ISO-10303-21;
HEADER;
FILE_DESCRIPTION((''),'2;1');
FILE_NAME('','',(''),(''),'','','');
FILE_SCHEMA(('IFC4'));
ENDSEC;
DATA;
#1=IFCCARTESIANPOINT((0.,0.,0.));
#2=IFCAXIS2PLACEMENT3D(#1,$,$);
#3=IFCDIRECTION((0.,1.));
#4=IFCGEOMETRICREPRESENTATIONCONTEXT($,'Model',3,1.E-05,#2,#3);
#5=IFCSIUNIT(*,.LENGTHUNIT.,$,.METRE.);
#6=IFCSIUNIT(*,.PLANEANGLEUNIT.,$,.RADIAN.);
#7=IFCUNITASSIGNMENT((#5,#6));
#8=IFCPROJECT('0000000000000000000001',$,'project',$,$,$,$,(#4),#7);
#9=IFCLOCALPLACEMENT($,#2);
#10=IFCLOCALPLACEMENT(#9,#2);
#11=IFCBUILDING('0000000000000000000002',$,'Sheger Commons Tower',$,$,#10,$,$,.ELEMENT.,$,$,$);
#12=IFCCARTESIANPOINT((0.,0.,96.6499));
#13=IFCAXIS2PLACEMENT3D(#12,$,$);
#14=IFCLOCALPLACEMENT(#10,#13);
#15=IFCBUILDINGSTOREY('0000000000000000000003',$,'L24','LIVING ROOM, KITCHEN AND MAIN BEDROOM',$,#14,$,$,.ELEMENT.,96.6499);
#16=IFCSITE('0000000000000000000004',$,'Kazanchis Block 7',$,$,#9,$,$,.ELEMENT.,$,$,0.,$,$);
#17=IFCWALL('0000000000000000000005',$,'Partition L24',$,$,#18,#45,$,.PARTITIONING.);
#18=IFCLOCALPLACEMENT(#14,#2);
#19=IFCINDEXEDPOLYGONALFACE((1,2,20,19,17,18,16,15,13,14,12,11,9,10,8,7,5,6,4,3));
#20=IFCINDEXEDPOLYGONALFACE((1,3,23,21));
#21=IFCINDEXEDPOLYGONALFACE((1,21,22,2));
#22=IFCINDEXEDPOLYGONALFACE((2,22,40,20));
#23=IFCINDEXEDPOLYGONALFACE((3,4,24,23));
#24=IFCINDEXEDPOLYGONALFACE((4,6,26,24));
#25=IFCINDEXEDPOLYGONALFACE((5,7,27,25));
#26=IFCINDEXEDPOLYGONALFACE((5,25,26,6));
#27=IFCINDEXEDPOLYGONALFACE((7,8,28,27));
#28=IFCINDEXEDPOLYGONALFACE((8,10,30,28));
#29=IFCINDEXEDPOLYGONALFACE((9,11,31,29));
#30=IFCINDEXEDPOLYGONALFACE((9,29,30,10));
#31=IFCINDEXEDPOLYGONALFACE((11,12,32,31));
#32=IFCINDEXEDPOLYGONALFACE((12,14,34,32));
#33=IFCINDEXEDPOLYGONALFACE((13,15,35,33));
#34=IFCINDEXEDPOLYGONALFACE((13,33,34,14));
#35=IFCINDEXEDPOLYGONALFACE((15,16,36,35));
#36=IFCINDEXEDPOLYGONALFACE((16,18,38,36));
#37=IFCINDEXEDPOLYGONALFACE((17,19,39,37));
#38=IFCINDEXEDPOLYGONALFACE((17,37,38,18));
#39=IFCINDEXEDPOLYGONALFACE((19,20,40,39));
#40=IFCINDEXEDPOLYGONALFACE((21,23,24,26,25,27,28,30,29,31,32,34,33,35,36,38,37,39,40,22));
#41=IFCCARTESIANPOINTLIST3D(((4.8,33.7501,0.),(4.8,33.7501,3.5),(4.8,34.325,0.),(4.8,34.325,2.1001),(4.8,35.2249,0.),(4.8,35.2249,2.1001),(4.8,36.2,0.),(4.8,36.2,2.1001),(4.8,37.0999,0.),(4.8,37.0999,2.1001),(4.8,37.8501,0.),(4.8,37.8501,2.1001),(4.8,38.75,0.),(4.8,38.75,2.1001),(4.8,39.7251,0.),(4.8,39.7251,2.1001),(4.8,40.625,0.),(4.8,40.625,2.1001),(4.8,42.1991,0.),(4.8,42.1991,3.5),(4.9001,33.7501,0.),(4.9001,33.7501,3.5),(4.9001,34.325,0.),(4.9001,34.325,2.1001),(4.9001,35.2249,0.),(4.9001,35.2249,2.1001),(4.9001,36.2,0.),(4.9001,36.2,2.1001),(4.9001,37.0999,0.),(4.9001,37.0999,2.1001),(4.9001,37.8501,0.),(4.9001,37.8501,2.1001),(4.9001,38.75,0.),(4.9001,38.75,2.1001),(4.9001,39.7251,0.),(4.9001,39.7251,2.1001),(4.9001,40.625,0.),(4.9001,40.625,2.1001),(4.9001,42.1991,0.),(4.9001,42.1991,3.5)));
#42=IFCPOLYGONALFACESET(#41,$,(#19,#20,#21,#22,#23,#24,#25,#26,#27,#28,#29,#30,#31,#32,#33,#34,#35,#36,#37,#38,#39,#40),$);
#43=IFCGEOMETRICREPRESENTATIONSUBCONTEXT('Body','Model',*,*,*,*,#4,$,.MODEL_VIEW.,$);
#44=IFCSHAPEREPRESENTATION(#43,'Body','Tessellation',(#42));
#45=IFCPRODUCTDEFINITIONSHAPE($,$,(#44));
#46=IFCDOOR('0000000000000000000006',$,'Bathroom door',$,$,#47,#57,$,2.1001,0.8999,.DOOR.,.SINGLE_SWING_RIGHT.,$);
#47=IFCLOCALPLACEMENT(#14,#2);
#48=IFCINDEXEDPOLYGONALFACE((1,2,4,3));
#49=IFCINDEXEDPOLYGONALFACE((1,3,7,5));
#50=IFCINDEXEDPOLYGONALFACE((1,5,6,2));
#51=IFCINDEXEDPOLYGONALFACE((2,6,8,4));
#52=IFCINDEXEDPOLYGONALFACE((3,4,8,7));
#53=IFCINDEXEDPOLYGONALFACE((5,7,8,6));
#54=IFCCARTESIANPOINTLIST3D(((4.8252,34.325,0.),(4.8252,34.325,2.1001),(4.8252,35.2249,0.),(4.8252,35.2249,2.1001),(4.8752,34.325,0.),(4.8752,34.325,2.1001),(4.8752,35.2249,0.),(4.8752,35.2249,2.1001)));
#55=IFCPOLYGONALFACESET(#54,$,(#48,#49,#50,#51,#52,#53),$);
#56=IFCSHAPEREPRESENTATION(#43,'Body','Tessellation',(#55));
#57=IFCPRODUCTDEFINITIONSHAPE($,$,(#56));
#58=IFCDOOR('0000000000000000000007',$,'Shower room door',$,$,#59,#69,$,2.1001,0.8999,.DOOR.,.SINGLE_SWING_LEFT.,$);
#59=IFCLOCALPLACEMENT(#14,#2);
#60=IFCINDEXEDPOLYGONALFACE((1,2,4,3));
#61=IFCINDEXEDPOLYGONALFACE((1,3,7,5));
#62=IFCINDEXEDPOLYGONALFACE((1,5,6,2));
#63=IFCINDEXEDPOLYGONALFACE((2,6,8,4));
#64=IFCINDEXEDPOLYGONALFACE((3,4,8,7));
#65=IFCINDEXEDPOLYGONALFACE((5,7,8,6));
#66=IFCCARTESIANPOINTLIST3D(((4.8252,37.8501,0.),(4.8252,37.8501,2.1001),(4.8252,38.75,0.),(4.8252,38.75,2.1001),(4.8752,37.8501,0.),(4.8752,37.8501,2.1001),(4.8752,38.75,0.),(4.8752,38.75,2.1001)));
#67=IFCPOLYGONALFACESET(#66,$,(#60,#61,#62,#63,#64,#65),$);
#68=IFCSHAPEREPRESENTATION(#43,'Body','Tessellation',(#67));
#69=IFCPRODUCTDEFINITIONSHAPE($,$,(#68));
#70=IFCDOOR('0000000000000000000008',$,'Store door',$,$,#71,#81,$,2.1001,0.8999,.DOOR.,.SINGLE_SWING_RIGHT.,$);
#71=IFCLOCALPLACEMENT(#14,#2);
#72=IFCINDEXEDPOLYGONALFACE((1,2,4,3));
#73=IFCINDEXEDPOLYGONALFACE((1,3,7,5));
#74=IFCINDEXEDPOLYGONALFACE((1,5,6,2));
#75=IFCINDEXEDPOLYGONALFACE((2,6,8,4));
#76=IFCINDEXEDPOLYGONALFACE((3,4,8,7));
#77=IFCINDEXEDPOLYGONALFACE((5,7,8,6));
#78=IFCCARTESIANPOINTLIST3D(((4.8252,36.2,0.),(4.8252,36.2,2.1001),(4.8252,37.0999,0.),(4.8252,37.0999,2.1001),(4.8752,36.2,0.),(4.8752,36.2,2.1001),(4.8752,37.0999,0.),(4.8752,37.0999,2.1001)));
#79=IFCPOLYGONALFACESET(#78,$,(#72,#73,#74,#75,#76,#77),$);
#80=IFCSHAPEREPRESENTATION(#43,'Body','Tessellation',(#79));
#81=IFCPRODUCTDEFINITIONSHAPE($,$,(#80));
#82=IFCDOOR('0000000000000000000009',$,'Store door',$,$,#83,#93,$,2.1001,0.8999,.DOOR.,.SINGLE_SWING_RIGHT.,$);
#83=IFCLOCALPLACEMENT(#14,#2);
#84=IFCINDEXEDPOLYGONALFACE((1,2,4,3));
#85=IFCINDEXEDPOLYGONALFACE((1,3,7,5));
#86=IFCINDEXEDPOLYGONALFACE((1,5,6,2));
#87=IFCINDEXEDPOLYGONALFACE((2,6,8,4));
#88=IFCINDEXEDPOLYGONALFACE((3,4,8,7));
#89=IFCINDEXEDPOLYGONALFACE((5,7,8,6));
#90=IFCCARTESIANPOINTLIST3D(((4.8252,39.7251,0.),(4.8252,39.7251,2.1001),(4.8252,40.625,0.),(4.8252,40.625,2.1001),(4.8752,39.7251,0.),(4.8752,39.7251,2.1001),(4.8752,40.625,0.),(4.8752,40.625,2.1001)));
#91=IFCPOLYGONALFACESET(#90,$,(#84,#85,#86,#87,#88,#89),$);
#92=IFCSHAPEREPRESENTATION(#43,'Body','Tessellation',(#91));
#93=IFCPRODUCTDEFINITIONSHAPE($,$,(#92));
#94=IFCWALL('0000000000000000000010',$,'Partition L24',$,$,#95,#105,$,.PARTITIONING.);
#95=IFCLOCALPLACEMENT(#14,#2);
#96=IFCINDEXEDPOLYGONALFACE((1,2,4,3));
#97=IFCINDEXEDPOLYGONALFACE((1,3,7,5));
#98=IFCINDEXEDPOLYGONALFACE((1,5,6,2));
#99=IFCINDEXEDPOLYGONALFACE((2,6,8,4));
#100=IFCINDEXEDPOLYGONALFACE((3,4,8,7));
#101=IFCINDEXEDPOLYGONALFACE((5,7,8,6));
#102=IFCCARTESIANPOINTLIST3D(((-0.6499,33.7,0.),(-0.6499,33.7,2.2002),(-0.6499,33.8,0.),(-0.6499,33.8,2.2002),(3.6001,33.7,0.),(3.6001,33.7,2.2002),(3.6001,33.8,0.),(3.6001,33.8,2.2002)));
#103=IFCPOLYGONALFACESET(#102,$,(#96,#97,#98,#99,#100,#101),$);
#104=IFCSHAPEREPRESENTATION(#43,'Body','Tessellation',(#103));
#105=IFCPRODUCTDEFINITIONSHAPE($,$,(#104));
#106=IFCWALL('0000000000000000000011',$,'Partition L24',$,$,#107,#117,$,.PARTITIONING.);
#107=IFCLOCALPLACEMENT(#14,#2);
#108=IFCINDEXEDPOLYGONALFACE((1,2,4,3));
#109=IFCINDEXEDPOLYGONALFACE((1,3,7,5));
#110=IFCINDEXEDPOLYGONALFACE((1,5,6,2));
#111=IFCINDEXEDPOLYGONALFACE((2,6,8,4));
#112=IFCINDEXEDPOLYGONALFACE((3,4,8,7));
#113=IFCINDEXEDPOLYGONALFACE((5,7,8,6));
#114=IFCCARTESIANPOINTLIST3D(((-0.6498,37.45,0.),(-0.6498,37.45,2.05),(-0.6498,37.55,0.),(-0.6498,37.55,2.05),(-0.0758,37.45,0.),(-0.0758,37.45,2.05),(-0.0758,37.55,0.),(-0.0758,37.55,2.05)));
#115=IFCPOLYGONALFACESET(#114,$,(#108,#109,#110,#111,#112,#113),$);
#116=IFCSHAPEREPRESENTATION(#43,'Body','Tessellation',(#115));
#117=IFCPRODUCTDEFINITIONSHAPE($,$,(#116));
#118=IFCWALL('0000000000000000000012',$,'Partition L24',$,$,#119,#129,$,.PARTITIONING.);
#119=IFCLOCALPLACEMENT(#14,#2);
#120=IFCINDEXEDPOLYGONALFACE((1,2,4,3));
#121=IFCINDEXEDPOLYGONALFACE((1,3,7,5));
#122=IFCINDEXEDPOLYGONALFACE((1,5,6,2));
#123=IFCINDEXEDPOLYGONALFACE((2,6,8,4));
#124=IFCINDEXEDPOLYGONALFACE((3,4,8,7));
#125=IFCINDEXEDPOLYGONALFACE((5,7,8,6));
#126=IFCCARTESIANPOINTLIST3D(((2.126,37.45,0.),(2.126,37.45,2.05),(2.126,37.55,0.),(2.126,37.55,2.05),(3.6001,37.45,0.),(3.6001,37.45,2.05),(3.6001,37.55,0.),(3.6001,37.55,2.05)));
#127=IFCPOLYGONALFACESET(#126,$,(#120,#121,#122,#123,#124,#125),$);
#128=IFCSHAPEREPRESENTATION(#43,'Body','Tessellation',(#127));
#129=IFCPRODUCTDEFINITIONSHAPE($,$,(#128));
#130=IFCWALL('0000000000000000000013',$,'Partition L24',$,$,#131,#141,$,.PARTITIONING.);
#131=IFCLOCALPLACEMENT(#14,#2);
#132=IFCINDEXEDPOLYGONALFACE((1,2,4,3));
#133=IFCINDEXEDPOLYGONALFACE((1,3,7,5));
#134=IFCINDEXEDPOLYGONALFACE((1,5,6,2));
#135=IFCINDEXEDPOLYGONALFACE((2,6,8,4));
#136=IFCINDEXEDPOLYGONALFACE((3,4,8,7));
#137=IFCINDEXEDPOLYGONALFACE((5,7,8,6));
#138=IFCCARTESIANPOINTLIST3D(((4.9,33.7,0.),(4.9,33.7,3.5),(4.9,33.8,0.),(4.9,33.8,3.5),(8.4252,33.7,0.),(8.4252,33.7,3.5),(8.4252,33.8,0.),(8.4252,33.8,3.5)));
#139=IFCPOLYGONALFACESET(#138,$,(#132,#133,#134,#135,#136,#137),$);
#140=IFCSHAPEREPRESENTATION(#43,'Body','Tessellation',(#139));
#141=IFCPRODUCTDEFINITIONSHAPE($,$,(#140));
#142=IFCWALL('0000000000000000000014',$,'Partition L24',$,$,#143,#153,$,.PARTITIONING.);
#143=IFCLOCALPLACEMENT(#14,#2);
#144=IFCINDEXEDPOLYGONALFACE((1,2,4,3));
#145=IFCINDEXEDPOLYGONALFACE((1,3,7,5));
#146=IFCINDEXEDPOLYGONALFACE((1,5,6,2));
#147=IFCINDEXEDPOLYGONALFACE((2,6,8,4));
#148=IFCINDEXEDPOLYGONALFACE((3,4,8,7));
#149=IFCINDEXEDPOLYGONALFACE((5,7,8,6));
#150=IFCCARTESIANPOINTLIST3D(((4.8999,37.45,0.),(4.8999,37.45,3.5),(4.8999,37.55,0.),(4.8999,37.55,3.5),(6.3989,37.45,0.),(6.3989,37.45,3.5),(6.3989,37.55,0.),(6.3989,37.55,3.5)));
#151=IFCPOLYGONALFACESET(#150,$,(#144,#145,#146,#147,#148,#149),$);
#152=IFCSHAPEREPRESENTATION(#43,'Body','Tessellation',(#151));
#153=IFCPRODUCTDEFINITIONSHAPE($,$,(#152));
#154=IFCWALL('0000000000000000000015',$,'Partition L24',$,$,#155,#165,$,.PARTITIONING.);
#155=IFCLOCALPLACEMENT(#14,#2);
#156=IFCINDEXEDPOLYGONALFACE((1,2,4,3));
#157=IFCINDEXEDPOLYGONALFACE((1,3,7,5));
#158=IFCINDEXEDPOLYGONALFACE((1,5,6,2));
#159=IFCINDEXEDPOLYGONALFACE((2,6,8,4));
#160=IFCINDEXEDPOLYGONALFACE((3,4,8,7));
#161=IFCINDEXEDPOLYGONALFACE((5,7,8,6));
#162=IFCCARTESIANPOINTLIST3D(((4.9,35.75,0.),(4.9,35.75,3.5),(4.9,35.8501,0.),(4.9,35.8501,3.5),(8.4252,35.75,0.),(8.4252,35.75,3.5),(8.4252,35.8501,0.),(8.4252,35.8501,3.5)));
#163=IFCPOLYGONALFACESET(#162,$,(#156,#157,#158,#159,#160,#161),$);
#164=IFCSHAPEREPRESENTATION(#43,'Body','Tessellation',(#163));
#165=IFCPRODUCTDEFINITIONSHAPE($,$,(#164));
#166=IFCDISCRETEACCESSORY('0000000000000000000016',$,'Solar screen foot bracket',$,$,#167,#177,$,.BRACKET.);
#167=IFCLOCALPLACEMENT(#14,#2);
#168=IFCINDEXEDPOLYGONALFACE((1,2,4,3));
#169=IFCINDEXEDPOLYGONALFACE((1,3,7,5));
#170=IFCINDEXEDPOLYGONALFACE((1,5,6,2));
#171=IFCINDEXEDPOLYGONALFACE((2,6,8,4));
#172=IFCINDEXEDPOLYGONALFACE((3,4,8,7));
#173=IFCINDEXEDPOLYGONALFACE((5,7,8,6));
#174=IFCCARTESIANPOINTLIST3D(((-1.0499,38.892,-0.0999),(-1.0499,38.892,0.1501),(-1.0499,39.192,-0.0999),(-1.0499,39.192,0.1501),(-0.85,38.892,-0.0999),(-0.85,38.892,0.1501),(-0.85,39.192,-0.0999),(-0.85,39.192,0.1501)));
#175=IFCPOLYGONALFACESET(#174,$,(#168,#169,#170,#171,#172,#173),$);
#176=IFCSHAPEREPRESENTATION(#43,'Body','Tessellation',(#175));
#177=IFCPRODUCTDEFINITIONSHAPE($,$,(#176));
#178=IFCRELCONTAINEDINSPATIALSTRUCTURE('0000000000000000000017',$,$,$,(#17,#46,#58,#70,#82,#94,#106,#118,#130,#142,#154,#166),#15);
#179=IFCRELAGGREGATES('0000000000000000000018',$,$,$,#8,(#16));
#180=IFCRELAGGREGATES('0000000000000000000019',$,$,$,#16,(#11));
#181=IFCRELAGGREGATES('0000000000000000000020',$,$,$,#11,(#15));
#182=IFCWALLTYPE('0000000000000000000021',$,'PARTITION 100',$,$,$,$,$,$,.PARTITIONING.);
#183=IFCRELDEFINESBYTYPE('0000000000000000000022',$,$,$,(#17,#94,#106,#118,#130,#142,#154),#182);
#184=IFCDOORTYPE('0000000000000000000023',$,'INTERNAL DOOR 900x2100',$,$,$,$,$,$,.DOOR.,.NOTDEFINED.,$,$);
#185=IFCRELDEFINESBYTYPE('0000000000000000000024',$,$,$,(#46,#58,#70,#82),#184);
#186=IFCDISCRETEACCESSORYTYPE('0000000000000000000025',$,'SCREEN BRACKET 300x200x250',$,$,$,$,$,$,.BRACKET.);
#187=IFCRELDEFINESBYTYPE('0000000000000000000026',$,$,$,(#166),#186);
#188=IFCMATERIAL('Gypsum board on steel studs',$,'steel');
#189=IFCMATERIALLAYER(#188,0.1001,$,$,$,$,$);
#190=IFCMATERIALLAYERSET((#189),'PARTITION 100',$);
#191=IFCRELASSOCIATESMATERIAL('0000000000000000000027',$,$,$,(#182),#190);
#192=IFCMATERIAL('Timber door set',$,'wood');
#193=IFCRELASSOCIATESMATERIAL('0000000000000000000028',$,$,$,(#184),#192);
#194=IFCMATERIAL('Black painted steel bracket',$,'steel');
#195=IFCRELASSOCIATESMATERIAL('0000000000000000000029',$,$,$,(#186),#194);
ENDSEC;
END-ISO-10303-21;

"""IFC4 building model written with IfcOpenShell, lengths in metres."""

from ifc_helpers import new_model, si_unit, direction, frame, frame_2d, origin, origin_2d, place, context, subcontext, project, spatial, rectangle, extrude, material, layer, layer_set, type_object, element, fill, save


model = new_model("IFC4")

# Units and contexts
model_context = context("Model", 3, precision=1e-05, world=origin(), true_north=direction((0.0, 1.0)))
body_context = subcontext(model_context, "Body", "Model", "MODEL_VIEW")
ifc_project = project(units=[si_unit("LENGTHUNIT", "METRE"), si_unit("PLANEANGLEUNIT", "RADIAN")], contexts=[model_context])

# Site, building, storey
site_placement = place(None, origin())
site = spatial("IfcSite", under=ifc_project, at=site_placement, Name="Kazanchis Block 7", CompositionType="ELEMENT", RefElevation=0.0)
building_placement = place(site_placement, origin())
building = spatial("IfcBuilding", under=site, at=building_placement, Name="Sheger Commons Tower", CompositionType="ELEMENT")
storey_placement = place(building_placement, frame((0.0, 0.0, 96.6499)))
storey = spatial("IfcBuildingStorey", under=building, at=storey_placement, Name="L24", Description="LIVING ROOM, KITCHEN AND MAIN BEDROOM", CompositionType="ELEMENT", Elevation=96.6499)

# Wall, openings, doors
ifc_material_1 = material(Name="Gypsum board on steel studs", Category="steel")
ifc_layer_1 = layer(ifc_material_1, 0.1001)
ifc_layer_set_1 = layer_set([ifc_layer_1], Name="PARTITION 100")
wall_type = type_object("IfcWallType", Name="PARTITION 100", PredefinedType="PARTITIONING", material=ifc_layer_set_1)
ifc_material_2 = material(Name="Timber door set", Category="wood")
door_type = type_object("IfcDoorType", Name="INTERNAL DOOR 900x2100", OperationType="NOTDEFINED", PredefinedType="DOOR", material=ifc_material_2)
wall_1_placement = place(storey_placement, frame((4.8501, 33.75, 0.0), z_axis=(0.0, 0.0, 1.0), x_axis=(0.0, 1.0, 0.0)))
wall_1 = element("IfcWall", 1, at=wall_1_placement, inside=storey, type_object=wall_type, Name="Partition L24", PredefinedType="PARTITIONING", context=body_context, shape_type="SweptSolid", body=[
    extrude(rectangle(XDim=8.449, YDim=0.1001, at=frame_2d((4.2246, 0.0))), origin(), (0.0, 0.0, 1.0), 3.5),
])
opening_1_placement = place(wall_1_placement, frame((0.575, 0.0, 0.0)))
opening_1 = element("IfcOpeningElement", 2, at=opening_1_placement, cuts=wall_1, PredefinedType="OPENING", context=body_context, shape_type="SweptSolid", body=[
    extrude(rectangle(XDim=0.8999, YDim=2.1001, at=frame_2d((0.45, 1.05))), frame((0.0, 0.0601, 0.0), z_axis=(0.0, -1.0, 0.0), x_axis=(1.0, 0.0, 0.0)), (0.0, 0.0, 1.0), 0.1201),
])
opening_2_placement = place(wall_1_placement, frame((4.1001, 0.0, 0.0)))
opening_2 = element("IfcOpeningElement", 3, at=opening_2_placement, cuts=wall_1, PredefinedType="OPENING", context=body_context, shape_type="SweptSolid", body=[
    extrude(rectangle(XDim=0.8999, YDim=2.1001, at=frame_2d((0.45, 1.05))), frame((0.0, 0.0601, 0.0), z_axis=(0.0, -1.0, 0.0), x_axis=(1.0, 0.0, 0.0)), (0.0, 0.0, 1.0), 0.1201),
])
opening_3_placement = place(wall_1_placement, frame((2.45, 0.0, 0.0)))
opening_3 = element("IfcOpeningElement", 4, at=opening_3_placement, cuts=wall_1, PredefinedType="OPENING", context=body_context, shape_type="SweptSolid", body=[
    extrude(rectangle(XDim=0.8999, YDim=2.1001, at=frame_2d((0.45, 1.05))), frame((0.0, 0.0601, 0.0), z_axis=(0.0, -1.0, 0.0), x_axis=(1.0, 0.0, 0.0)), (0.0, 0.0, 1.0), 0.1201),
])
opening_4_placement = place(wall_1_placement, frame((5.9751, 0.0, 0.0)))
opening_4 = element("IfcOpeningElement", 5, at=opening_4_placement, cuts=wall_1, PredefinedType="OPENING", context=body_context, shape_type="SweptSolid", body=[
    extrude(rectangle(XDim=0.8999, YDim=2.1001, at=frame_2d((0.45, 1.05))), frame((0.0, 0.0601, 0.0), z_axis=(0.0, -1.0, 0.0), x_axis=(1.0, 0.0, 0.0)), (0.0, 0.0, 1.0), 0.1201),
])
door_1_placement = place(opening_1_placement, origin())
door_1 = element("IfcDoor", 6, at=door_1_placement, inside=storey, type_object=door_type, Name="Bathroom door", OperationType="SINGLE_SWING_RIGHT", OverallHeight=2.1001, OverallWidth=0.8999, PredefinedType="DOOR", context=body_context, shape_type="SweptSolid", body=[
    extrude(rectangle(XDim=0.8999, YDim=2.1001, at=frame_2d((0.45, 1.05))), frame((0.0, 0.0249, 0.0), z_axis=(0.0, -1.0, 0.0), x_axis=(1.0, 0.0, 0.0)), (0.0, 0.0, 1.0), 0.05),
])
fill(opening_1, door_1)
door_2_placement = place(opening_2_placement, origin())
door_2 = element("IfcDoor", 7, at=door_2_placement, inside=storey, type_object=door_type, Name="Shower room door", OperationType="SINGLE_SWING_LEFT", OverallHeight=2.1001, OverallWidth=0.8999, PredefinedType="DOOR", context=body_context, shape_type="SweptSolid", body=[
    extrude(rectangle(XDim=0.8999, YDim=2.1001, at=frame_2d((0.45, 1.05))), frame((0.0, 0.0249, 0.0), z_axis=(0.0, -1.0, 0.0), x_axis=(1.0, 0.0, 0.0)), (0.0, 0.0, 1.0), 0.05),
])
fill(opening_2, door_2)
door_3_placement = place(opening_3_placement, origin())
door_3 = element("IfcDoor", 8, at=door_3_placement, inside=storey, type_object=door_type, Name="Store door", OperationType="SINGLE_SWING_RIGHT", OverallHeight=2.1001, OverallWidth=0.8999, PredefinedType="DOOR", context=body_context, shape_type="SweptSolid", body=[
    extrude(rectangle(XDim=0.8999, YDim=2.1001, at=frame_2d((0.45, 1.05))), frame((0.0, 0.0249, 0.0), z_axis=(0.0, -1.0, 0.0), x_axis=(1.0, 0.0, 0.0)), (0.0, 0.0, 1.0), 0.05),
])
fill(opening_3, door_3)
door_4_placement = place(opening_4_placement, origin())
door_4 = element("IfcDoor", 9, at=door_4_placement, inside=storey, type_object=door_type, Name="Store door", OperationType="SINGLE_SWING_RIGHT", OverallHeight=2.1001, OverallWidth=0.8999, PredefinedType="DOOR", context=body_context, shape_type="SweptSolid", body=[
    extrude(rectangle(XDim=0.8999, YDim=2.1001, at=frame_2d((0.45, 1.05))), frame((0.0, 0.0249, 0.0), z_axis=(0.0, -1.0, 0.0), x_axis=(1.0, 0.0, 0.0)), (0.0, 0.0, 1.0), 0.05),
])
fill(opening_4, door_4)

# Walls
wall_2_placement = place(storey_placement, frame((-0.6499, 33.75, 0.0), z_axis=(0.0, 0.0, 1.0), x_axis=(1.0, 0.0, 0.0)))
element("IfcWall", 10, at=wall_2_placement, inside=storey, type_object=wall_type, Name="Partition L24", PredefinedType="PARTITIONING", context=body_context, shape_type="SweptSolid", body=[
    extrude(rectangle(XDim=4.25, YDim=0.1001, at=frame_2d((2.125, 0.0))), origin(), (0.0, 0.0, 1.0), 2.2002),
])
wall_3_placement = place(storey_placement, frame((-0.6499, 37.5, 0.0), z_axis=(0.0, 0.0, 1.0), x_axis=(1.0, 0.0, 0.0)))
element("IfcWall", 11, at=wall_3_placement, inside=storey, type_object=wall_type, Name="Partition L24", PredefinedType="PARTITIONING", context=body_context, shape_type="SweptSolid", body=[
    extrude(rectangle(XDim=0.574, YDim=0.1001, at=frame_2d((0.2871, 0.0))), origin(), (0.0, 0.0, 1.0), 2.05),
])
wall_4_placement = place(storey_placement, frame((2.126, 37.5, 0.0), z_axis=(0.0, 0.0, 1.0), x_axis=(1.0, 0.0, 0.0)))
element("IfcWall", 12, at=wall_4_placement, inside=storey, type_object=wall_type, Name="Partition L24", PredefinedType="PARTITIONING", context=body_context, shape_type="SweptSolid", body=[
    extrude(rectangle(XDim=1.4741, YDim=0.1001, at=frame_2d((0.7371, 0.0))), origin(), (0.0, 0.0, 1.0), 2.05),
])
wall_5_placement = place(storey_placement, frame((4.8999, 33.75, 0.0), z_axis=(0.0, 0.0, 1.0), x_axis=(1.0, 0.0, 0.0)))
element("IfcWall", 13, at=wall_5_placement, inside=storey, type_object=wall_type, Name="Partition L24", PredefinedType="PARTITIONING", context=body_context, shape_type="SweptSolid", body=[
    extrude(rectangle(XDim=3.5251, YDim=0.1001, at=frame_2d((1.7627, 0.0))), origin(), (0.0, 0.0, 1.0), 3.5),
])
wall_6_placement = place(storey_placement, frame((4.8999, 37.5, 0.0), z_axis=(0.0, 0.0, 1.0), x_axis=(1.0, 0.0, 0.0)))
element("IfcWall", 14, at=wall_6_placement, inside=storey, type_object=wall_type, Name="Partition L24", PredefinedType="PARTITIONING", context=body_context, shape_type="SweptSolid", body=[
    extrude(rectangle(XDim=1.499, YDim=0.1001, at=frame_2d((0.7495, 0.0))), origin(), (0.0, 0.0, 1.0), 3.5),
])
wall_7_placement = place(storey_placement, frame((4.8999, 35.8, 0.0), z_axis=(0.0, 0.0, 1.0), x_axis=(1.0, 0.0, 0.0)))
element("IfcWall", 15, at=wall_7_placement, inside=storey, type_object=wall_type, Name="Partition L24", PredefinedType="PARTITIONING", context=body_context, shape_type="SweptSolid", body=[
    extrude(rectangle(XDim=3.5251, YDim=0.1001, at=frame_2d((1.7627, 0.0))), origin(), (0.0, 0.0, 1.0), 3.5),
])

# Discrete accessory
ifc_material_3 = material(Name="Black painted steel bracket", Category="steel")
discrete_accessory_type = type_object("IfcDiscreteAccessoryType", Name="SCREEN BRACKET 300x200x250", PredefinedType="BRACKET", material=ifc_material_3)
for number, where, z_axis, x_axis, name in (
    (16, (-0.95, 39.042, -0.0999), (0.0, 0.0, 1.0), (0.0, -1.0, 0.0), "Solar screen foot bracket"),
):
    element("IfcDiscreteAccessory", number, at=place(storey_placement, frame(where, z_axis=z_axis, x_axis=x_axis)), inside=storey, type_object=discrete_accessory_type, Name=name, PredefinedType="BRACKET", context=body_context, shape_type="SweptSolid", body=[
        extrude(rectangle(XDim=0.3, YDim=0.2, at=origin_2d()), origin(), (0.0, 0.0, 1.0), 0.25),
    ])

save(model, "model.ifc")
